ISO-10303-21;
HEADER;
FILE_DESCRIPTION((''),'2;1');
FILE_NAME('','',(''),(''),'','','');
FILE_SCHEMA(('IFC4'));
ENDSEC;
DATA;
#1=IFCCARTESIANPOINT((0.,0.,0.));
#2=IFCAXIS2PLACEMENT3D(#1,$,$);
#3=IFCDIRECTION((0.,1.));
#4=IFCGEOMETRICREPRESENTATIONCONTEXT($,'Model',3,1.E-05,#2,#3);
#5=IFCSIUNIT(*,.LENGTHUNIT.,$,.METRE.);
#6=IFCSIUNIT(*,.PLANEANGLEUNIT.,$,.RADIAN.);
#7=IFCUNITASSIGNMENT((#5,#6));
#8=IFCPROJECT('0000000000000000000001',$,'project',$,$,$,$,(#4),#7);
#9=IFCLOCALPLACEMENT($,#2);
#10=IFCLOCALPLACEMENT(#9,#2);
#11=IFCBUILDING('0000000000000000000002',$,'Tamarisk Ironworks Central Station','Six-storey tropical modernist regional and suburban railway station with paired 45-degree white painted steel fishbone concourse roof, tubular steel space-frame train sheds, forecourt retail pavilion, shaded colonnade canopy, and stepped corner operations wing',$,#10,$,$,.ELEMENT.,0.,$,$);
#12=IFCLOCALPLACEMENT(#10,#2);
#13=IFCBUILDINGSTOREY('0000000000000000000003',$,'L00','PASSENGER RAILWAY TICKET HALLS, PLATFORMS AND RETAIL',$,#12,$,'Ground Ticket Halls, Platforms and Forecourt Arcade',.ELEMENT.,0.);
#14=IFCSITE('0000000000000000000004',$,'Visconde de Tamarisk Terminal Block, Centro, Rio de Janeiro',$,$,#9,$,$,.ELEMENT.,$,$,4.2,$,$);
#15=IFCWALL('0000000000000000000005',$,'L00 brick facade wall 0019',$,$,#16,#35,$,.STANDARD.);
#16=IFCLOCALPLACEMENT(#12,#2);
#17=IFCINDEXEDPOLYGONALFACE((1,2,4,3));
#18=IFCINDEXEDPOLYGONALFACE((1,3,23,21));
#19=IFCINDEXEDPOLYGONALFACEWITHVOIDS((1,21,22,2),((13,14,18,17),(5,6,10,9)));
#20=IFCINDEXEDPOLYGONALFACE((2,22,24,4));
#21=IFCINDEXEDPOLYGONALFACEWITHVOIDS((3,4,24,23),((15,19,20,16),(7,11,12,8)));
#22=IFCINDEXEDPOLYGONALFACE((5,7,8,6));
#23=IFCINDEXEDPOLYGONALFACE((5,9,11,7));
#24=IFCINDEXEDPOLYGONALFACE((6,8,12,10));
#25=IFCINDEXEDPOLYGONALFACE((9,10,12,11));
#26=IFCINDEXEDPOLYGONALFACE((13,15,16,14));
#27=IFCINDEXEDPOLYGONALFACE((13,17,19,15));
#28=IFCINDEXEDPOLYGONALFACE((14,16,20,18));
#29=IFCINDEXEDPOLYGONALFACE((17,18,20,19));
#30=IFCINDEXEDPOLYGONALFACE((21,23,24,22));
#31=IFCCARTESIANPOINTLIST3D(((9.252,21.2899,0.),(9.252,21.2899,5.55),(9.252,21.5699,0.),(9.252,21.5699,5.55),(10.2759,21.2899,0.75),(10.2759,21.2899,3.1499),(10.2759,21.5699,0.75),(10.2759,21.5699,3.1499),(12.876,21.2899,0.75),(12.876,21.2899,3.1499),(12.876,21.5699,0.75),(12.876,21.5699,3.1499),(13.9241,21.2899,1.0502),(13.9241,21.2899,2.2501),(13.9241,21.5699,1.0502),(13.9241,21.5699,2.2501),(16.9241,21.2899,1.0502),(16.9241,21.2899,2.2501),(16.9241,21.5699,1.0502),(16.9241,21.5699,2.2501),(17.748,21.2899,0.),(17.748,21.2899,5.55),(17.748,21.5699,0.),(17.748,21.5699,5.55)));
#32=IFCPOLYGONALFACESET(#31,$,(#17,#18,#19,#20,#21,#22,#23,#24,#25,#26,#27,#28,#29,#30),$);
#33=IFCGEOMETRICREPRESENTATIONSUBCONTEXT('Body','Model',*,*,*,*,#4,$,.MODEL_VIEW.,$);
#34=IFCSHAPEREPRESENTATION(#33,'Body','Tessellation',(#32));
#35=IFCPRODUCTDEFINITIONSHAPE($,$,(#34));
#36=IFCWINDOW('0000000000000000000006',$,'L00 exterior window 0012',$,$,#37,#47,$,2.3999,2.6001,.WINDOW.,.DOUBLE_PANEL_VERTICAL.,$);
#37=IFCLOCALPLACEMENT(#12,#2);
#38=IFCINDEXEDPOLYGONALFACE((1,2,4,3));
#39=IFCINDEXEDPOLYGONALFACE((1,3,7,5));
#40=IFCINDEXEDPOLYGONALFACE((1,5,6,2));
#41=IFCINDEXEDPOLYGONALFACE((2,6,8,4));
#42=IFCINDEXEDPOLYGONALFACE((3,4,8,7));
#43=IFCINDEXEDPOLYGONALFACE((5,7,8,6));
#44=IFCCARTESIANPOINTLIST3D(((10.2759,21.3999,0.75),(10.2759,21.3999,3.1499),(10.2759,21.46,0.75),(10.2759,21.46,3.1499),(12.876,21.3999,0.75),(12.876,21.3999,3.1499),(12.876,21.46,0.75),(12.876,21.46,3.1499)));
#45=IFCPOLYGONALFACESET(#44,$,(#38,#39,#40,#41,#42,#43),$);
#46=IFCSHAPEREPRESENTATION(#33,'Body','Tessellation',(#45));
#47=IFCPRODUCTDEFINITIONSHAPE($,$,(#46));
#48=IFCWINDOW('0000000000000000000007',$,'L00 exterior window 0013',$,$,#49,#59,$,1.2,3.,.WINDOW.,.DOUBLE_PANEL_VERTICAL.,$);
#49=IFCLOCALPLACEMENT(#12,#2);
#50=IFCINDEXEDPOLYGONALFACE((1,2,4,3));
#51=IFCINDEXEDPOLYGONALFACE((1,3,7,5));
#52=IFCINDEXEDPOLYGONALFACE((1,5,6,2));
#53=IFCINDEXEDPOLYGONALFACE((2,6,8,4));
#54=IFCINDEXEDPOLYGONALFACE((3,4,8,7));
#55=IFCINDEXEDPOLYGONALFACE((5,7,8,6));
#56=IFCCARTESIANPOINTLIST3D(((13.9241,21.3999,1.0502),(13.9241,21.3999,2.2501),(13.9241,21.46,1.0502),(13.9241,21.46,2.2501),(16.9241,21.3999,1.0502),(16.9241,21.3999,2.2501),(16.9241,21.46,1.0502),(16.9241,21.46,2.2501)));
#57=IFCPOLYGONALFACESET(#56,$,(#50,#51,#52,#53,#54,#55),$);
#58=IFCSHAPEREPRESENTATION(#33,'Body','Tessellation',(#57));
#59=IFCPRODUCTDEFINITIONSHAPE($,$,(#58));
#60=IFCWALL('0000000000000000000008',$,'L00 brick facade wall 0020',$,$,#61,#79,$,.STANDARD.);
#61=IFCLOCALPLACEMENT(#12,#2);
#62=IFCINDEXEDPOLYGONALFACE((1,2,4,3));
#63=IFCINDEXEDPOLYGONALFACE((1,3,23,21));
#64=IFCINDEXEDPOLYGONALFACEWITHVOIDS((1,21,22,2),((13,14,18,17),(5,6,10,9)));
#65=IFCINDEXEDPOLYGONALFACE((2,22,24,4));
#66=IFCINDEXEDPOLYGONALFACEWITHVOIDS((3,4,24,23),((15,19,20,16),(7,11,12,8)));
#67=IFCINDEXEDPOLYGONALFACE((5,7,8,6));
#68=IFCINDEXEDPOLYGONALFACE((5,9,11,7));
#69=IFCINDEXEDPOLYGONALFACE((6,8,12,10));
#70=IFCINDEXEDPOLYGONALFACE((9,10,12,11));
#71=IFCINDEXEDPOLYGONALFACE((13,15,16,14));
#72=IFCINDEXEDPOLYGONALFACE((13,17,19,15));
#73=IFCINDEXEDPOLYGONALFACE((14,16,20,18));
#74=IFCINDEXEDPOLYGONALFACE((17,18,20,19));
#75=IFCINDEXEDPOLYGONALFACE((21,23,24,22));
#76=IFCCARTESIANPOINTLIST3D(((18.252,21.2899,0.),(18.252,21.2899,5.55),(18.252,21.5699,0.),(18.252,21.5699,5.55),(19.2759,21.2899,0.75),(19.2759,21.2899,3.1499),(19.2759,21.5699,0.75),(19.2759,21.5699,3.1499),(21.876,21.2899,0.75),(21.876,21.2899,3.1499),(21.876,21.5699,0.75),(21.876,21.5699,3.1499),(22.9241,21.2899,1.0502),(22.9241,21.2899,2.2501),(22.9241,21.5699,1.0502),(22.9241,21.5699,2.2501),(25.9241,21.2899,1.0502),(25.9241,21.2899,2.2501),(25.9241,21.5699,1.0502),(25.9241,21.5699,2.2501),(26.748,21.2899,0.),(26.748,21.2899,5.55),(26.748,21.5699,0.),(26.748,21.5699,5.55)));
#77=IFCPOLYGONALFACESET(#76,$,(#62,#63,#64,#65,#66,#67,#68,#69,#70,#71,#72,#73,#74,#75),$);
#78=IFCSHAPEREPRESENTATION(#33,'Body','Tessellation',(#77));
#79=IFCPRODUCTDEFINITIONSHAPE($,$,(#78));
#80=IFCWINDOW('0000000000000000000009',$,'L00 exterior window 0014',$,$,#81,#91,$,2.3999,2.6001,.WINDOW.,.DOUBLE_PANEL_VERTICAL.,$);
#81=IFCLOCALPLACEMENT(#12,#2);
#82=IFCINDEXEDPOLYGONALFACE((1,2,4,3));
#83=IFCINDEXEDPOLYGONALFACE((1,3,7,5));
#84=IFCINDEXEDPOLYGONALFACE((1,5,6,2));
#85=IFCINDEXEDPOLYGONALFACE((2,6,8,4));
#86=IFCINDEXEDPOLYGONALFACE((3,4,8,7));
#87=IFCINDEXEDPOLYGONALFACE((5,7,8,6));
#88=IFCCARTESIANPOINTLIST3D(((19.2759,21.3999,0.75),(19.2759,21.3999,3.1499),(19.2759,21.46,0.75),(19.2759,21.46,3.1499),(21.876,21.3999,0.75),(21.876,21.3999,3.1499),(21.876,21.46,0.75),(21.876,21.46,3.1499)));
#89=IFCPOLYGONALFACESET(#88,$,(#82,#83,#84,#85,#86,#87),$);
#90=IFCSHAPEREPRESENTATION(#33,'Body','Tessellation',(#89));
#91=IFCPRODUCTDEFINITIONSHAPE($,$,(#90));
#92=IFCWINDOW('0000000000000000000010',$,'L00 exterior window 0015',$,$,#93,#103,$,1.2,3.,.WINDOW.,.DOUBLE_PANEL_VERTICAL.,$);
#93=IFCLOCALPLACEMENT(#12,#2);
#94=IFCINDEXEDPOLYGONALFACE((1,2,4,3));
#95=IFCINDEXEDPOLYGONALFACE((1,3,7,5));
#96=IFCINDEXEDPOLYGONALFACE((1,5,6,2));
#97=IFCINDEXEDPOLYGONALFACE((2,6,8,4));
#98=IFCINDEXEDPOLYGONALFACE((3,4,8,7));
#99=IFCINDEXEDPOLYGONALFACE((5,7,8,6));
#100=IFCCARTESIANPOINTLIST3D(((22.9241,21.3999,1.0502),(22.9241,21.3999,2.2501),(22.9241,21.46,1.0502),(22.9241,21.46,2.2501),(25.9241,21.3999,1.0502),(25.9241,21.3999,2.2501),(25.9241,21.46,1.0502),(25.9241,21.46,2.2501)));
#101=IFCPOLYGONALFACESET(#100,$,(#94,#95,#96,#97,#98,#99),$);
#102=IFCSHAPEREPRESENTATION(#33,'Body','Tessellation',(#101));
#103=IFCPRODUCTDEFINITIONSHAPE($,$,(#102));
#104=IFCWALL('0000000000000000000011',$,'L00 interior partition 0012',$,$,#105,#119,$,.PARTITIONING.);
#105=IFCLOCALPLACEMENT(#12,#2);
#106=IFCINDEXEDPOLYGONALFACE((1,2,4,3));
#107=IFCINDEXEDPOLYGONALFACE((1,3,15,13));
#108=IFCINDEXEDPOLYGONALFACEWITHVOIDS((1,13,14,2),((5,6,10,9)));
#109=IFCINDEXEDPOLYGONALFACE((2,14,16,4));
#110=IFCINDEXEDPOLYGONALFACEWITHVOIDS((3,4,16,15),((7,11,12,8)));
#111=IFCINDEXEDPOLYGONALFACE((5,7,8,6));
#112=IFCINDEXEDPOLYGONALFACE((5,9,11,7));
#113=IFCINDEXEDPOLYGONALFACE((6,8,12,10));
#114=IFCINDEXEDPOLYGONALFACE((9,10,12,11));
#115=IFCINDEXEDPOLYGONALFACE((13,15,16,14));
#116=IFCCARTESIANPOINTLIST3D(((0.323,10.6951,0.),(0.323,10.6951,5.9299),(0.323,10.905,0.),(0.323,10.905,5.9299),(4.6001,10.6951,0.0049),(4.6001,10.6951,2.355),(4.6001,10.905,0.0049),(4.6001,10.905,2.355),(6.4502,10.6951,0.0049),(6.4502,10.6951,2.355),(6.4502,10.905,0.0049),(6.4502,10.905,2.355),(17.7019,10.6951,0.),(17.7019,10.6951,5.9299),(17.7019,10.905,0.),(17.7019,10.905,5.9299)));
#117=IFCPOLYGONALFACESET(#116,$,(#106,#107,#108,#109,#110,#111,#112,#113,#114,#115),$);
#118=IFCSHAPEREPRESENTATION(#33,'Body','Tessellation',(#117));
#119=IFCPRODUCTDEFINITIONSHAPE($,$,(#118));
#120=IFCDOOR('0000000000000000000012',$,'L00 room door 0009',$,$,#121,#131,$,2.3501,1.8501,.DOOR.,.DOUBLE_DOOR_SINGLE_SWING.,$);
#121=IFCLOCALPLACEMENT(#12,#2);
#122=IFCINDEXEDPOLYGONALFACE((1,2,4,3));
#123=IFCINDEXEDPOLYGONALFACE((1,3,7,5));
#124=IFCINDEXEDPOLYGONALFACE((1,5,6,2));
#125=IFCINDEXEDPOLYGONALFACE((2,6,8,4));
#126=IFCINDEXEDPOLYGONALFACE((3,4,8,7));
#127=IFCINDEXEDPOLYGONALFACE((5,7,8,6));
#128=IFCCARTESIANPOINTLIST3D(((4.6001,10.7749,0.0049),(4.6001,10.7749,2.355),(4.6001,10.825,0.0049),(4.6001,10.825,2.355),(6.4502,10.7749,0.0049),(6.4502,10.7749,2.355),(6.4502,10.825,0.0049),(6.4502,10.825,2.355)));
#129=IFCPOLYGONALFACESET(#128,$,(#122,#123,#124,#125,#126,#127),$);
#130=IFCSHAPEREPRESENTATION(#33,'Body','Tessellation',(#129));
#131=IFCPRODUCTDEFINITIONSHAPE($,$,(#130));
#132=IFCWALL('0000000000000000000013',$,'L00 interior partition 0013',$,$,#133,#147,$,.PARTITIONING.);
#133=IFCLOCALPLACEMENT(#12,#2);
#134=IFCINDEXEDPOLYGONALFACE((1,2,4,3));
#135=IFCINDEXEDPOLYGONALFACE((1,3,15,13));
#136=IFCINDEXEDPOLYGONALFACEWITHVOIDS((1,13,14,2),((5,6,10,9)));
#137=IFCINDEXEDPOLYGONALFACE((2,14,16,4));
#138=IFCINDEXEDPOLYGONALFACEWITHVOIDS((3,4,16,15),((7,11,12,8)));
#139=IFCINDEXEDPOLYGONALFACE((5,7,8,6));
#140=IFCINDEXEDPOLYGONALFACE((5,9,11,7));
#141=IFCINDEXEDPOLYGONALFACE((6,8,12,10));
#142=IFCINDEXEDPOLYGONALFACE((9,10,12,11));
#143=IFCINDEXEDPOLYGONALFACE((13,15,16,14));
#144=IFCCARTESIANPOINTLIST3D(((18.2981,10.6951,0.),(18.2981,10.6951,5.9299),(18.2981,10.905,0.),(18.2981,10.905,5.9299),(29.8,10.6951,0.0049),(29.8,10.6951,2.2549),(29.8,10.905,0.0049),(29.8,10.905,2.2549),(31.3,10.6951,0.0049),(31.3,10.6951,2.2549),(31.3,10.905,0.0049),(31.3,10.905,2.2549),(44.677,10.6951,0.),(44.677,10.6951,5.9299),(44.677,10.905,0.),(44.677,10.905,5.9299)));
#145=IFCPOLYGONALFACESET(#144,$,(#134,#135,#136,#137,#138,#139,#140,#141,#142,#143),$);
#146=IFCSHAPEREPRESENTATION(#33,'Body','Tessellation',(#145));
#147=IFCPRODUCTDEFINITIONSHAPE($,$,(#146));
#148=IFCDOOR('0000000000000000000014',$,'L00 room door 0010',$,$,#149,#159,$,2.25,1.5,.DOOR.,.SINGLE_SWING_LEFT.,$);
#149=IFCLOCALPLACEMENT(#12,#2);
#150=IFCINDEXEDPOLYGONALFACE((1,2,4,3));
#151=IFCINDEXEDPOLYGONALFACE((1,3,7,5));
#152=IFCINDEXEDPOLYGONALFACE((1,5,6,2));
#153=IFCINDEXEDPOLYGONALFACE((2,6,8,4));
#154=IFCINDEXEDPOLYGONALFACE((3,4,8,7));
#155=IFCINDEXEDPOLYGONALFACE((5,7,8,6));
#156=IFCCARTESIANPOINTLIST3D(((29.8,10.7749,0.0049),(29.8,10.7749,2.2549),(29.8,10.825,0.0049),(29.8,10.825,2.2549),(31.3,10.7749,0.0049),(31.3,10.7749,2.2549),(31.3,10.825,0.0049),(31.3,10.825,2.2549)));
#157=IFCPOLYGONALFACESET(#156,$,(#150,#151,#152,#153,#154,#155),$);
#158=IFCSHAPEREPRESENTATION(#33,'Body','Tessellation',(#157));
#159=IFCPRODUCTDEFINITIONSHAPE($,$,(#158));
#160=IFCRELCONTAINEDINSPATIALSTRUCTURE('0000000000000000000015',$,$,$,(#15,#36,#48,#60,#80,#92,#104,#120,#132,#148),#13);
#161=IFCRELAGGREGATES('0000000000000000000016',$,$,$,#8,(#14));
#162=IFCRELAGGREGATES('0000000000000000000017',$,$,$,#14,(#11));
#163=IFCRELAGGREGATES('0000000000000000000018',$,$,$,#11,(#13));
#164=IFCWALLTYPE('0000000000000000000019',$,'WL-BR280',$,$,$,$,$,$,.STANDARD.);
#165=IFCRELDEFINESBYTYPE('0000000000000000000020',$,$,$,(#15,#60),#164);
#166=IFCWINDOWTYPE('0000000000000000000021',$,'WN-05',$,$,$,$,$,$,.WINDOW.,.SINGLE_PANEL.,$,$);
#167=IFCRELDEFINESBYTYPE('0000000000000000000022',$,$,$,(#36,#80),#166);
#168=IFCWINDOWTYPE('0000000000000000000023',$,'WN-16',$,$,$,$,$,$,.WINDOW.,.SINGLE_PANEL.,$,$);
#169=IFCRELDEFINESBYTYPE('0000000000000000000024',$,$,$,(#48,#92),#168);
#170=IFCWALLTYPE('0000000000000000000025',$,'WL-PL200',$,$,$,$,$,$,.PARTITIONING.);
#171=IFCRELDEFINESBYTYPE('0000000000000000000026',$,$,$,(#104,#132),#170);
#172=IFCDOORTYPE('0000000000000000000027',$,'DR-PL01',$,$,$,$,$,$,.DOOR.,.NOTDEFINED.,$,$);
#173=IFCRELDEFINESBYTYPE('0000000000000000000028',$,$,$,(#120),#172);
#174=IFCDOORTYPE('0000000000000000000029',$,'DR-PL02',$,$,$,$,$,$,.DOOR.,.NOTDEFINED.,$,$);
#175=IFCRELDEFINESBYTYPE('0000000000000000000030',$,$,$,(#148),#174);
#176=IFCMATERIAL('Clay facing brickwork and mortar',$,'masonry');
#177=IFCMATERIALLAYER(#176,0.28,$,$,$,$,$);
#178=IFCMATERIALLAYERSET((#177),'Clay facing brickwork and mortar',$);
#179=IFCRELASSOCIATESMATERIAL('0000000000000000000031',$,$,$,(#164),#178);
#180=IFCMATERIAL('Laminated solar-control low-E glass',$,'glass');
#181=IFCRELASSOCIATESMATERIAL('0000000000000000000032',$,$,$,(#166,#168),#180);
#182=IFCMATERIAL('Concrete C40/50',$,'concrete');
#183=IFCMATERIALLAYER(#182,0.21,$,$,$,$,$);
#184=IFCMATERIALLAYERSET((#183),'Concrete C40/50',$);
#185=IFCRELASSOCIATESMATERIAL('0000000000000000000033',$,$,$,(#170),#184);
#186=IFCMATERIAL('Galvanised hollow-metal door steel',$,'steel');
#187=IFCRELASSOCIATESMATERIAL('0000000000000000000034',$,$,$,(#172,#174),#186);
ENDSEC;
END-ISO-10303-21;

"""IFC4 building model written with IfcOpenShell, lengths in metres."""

from ifc_helpers import new_model, si_unit, direction, frame, frame_2d, origin, place, context, subcontext, project, spatial, rectangle, extrude, material, layer, layer_set, type_object, element, fill, save


model = new_model("IFC4")

# Units and contexts
model_context = context("Model", 3, precision=1e-05, world=origin(), true_north=direction((0.0, 1.0)))
body_context = subcontext(model_context, "Body", "Model", "MODEL_VIEW")
ifc_project = project(units=[si_unit("LENGTHUNIT", "METRE"), si_unit("PLANEANGLEUNIT", "RADIAN")], contexts=[model_context])

# Site, building, storey
site_placement = place(None, origin())
site = spatial("IfcSite", under=ifc_project, at=site_placement, Name="Visconde de Tamarisk Terminal Block, Centro, Rio de Janeiro", CompositionType="ELEMENT", RefElevation=4.2)
building_placement = place(site_placement, origin())
building = spatial("IfcBuilding", under=site, at=building_placement, Name="Tamarisk Ironworks Central Station", Description="Six-storey tropical modernist regional and suburban railway station with paired 45-degree white painted steel fishbone concourse roof, tubular steel space-frame train sheds, forecourt retail pavilion, shaded colonnade canopy, and stepped corner operations wing", CompositionType="ELEMENT", ElevationOfRefHeight=0.0)
storey_placement = place(building_placement, origin())
storey = spatial("IfcBuildingStorey", under=building, at=storey_placement, Name="L00", Description="PASSENGER RAILWAY TICKET HALLS, PLATFORMS AND RETAIL", LongName="Ground Ticket Halls, Platforms and Forecourt Arcade", CompositionType="ELEMENT", Elevation=0.0)

# Shared definitions
ifc_material_1 = material(Name="Concrete C40/50", Category="concrete")

# Walls, openings, windows
ifc_material_2 = material(Name="Clay facing brickwork and mortar", Category="masonry")
ifc_layer_1 = layer(ifc_material_2, 0.28)
ifc_layer_set_1 = layer_set([ifc_layer_1], Name="Clay facing brickwork and mortar")
wall_type_1 = type_object("IfcWallType", Name="WL-BR280", PredefinedType="STANDARD", material=ifc_layer_set_1)
wall_1_placement = place(storey_placement, frame((9.252, 21.4299, 0.0), z_axis=(0.0, 0.0, 1.0), x_axis=(1.0, 0.0, 0.0)))
wall_1 = element("IfcWall", 1, at=wall_1_placement, inside=storey, type_object=wall_type_1, Name="L00 brick facade wall 0019", PredefinedType="STANDARD", context=body_context, shape_type="SweptSolid", body=[
    extrude(rectangle(XDim=8.4961, YDim=0.28, at=frame_2d((4.248, 0.0))), origin(), (0.0, 0.0, 1.0), 5.55),
])
opening_1_placement = place(wall_1_placement, frame((1.0239, 0.0, 0.75)))
opening_1 = element("IfcOpeningElement", 2, at=opening_1_placement, cuts=wall_1, PredefinedType="OPENING", context=body_context, shape_type="SweptSolid", body=[
    extrude(rectangle(XDim=2.6001, YDim=2.3999, at=frame_2d((1.3, 1.2))), frame((0.0, 0.1519, 0.0), z_axis=(0.0, -1.0, 0.0), x_axis=(1.0, 0.0, 0.0)), (0.0, 0.0, 1.0), 0.304),
])
opening_2_placement = place(wall_1_placement, frame((4.6721, 0.0, 1.05)))
opening_2 = element("IfcOpeningElement", 3, at=opening_2_placement, cuts=wall_1, PredefinedType="OPENING", context=body_context, shape_type="SweptSolid", body=[
    extrude(rectangle(XDim=3.0, YDim=1.2, at=frame_2d((1.5, 0.6001))), frame((0.0, 0.1519, 0.0), z_axis=(0.0, -1.0, 0.0), x_axis=(1.0, 0.0, 0.0)), (0.0, 0.0, 1.0), 0.304),
])
ifc_material_3 = material(Name="Laminated solar-control low-E glass", Category="glass")
window_type_1 = type_object("IfcWindowType", Name="WN-05", PartitioningType="SINGLE_PANEL", PredefinedType="WINDOW", material=ifc_material_3)
window_1_placement = place(opening_1_placement, origin())
window_1 = element("IfcWindow", 4, at=window_1_placement, inside=storey, type_object=window_type_1, Name="L00 exterior window 0012", OverallHeight=2.3999, OverallWidth=2.6001, PartitioningType="DOUBLE_PANEL_VERTICAL", PredefinedType="WINDOW", context=body_context, shape_type="SweptSolid", body=[
    extrude(rectangle(XDim=2.6001, YDim=2.3999, at=frame_2d((1.3, 1.2))), frame((0.0, 0.03, 0.0), z_axis=(0.0, -1.0, 0.0), x_axis=(1.0, 0.0, 0.0)), (0.0, 0.0, 1.0), 0.0601),
])
fill(opening_1, window_1)
window_type_2 = type_object("IfcWindowType", Name="WN-16", PartitioningType="SINGLE_PANEL", PredefinedType="WINDOW", material=ifc_material_3)
window_2_placement = place(opening_2_placement, origin())
window_2 = element("IfcWindow", 5, at=window_2_placement, inside=storey, type_object=window_type_2, Name="L00 exterior window 0013", OverallHeight=1.2, OverallWidth=3.0, PartitioningType="DOUBLE_PANEL_VERTICAL", PredefinedType="WINDOW", context=body_context, shape_type="SweptSolid", body=[
    extrude(rectangle(XDim=3.0, YDim=1.2, at=frame_2d((1.5, 0.6001))), frame((0.0, 0.03, 0.0), z_axis=(0.0, -1.0, 0.0), x_axis=(1.0, 0.0, 0.0)), (0.0, 0.0, 1.0), 0.0601),
])
fill(opening_2, window_2)
wall_2_placement = place(storey_placement, frame((18.252, 21.4299, 0.0), z_axis=(0.0, 0.0, 1.0), x_axis=(1.0, 0.0, 0.0)))
wall_2 = element("IfcWall", 6, at=wall_2_placement, inside=storey, type_object=wall_type_1, Name="L00 brick facade wall 0020", PredefinedType="STANDARD", context=body_context, shape_type="SweptSolid", body=[
    extrude(rectangle(XDim=8.4961, YDim=0.28, at=frame_2d((4.248, 0.0))), origin(), (0.0, 0.0, 1.0), 5.55),
])
opening_3_placement = place(wall_2_placement, frame((1.0239, 0.0, 0.75)))
opening_3 = element("IfcOpeningElement", 7, at=opening_3_placement, cuts=wall_2, PredefinedType="OPENING", context=body_context, shape_type="SweptSolid", body=[
    extrude(rectangle(XDim=2.6001, YDim=2.3999, at=frame_2d((1.3, 1.2))), frame((0.0, 0.1519, 0.0), z_axis=(0.0, -1.0, 0.0), x_axis=(1.0, 0.0, 0.0)), (0.0, 0.0, 1.0), 0.304),
])
opening_4_placement = place(wall_2_placement, frame((4.6721, 0.0, 1.05)))
opening_4 = element("IfcOpeningElement", 8, at=opening_4_placement, cuts=wall_2, PredefinedType="OPENING", context=body_context, shape_type="SweptSolid", body=[
    extrude(rectangle(XDim=3.0, YDim=1.2, at=frame_2d((1.5, 0.6001))), frame((0.0, 0.1519, 0.0), z_axis=(0.0, -1.0, 0.0), x_axis=(1.0, 0.0, 0.0)), (0.0, 0.0, 1.0), 0.304),
])
window_3_placement = place(opening_3_placement, origin())
window_3 = element("IfcWindow", 9, at=window_3_placement, inside=storey, type_object=window_type_1, Name="L00 exterior window 0014", OverallHeight=2.3999, OverallWidth=2.6001, PartitioningType="DOUBLE_PANEL_VERTICAL", PredefinedType="WINDOW", context=body_context, shape_type="SweptSolid", body=[
    extrude(rectangle(XDim=2.6001, YDim=2.3999, at=frame_2d((1.3, 1.2))), frame((0.0, 0.03, 0.0), z_axis=(0.0, -1.0, 0.0), x_axis=(1.0, 0.0, 0.0)), (0.0, 0.0, 1.0), 0.0601),
])
fill(opening_3, window_3)
window_4_placement = place(opening_4_placement, origin())
window_4 = element("IfcWindow", 10, at=window_4_placement, inside=storey, type_object=window_type_2, Name="L00 exterior window 0015", OverallHeight=1.2, OverallWidth=3.0, PartitioningType="DOUBLE_PANEL_VERTICAL", PredefinedType="WINDOW", context=body_context, shape_type="SweptSolid", body=[
    extrude(rectangle(XDim=3.0, YDim=1.2, at=frame_2d((1.5, 0.6001))), frame((0.0, 0.03, 0.0), z_axis=(0.0, -1.0, 0.0), x_axis=(1.0, 0.0, 0.0)), (0.0, 0.0, 1.0), 0.0601),
])
fill(opening_4, window_4)

# Walls, openings, doors
ifc_layer_2 = layer(ifc_material_1, 0.21)
ifc_layer_set_2 = layer_set([ifc_layer_2], Name="Concrete C40/50")
wall_type_2 = type_object("IfcWallType", Name="WL-PL200", PredefinedType="PARTITIONING", material=ifc_layer_set_2)
wall_3_placement = place(storey_placement, frame((0.323, 10.8, 0.0), z_axis=(0.0, 0.0, 1.0), x_axis=(1.0, 0.0, 0.0)))
wall_3 = element("IfcWall", 11, at=wall_3_placement, inside=storey, type_object=wall_type_2, Name="L00 interior partition 0012", PredefinedType="PARTITIONING", context=body_context, shape_type="SweptSolid", body=[
    extrude(rectangle(XDim=17.3789, YDim=0.21, at=frame_2d((8.6895, 0.0))), origin(), (0.0, 0.0, 1.0), 5.9299),
])
opening_5_placement = place(wall_3_placement, frame((4.2771, 0.0, 0.0049)))
opening_5 = element("IfcOpeningElement", 12, at=opening_5_placement, cuts=wall_3, PredefinedType="OPENING", context=body_context, shape_type="SweptSolid", body=[
    extrude(rectangle(XDim=1.8501, YDim=2.3501, at=frame_2d((0.925, 1.175))), frame((0.0, 0.1169, 0.0), z_axis=(0.0, -1.0, 0.0), x_axis=(1.0, 0.0, 0.0)), (0.0, 0.0, 1.0), 0.2339),
])
ifc_material_4 = material(Name="Galvanised hollow-metal door steel", Category="steel")
door_type_1 = type_object("IfcDoorType", Name="DR-PL01", OperationType="NOTDEFINED", PredefinedType="DOOR", material=ifc_material_4)
door_1_placement = place(opening_5_placement, origin())
door_1 = element("IfcDoor", 13, at=door_1_placement, inside=storey, type_object=door_type_1, Name="L00 room door 0009", OperationType="DOUBLE_DOOR_SINGLE_SWING", OverallHeight=2.3501, OverallWidth=1.8501, PredefinedType="DOOR", context=body_context, shape_type="SweptSolid", body=[
    extrude(rectangle(XDim=1.8501, YDim=2.3501, at=frame_2d((0.925, 1.175))), frame((0.0, 0.0249, 0.0), z_axis=(0.0, -1.0, 0.0), x_axis=(1.0, 0.0, 0.0)), (0.0, 0.0, 1.0), 0.05),
])
fill(opening_5, door_1)
wall_4_placement = place(storey_placement, frame((18.2981, 10.8, 0.0), z_axis=(0.0, 0.0, 1.0), x_axis=(1.0, 0.0, 0.0)))
wall_4 = element("IfcWall", 14, at=wall_4_placement, inside=storey, type_object=wall_type_2, Name="L00 interior partition 0013", PredefinedType="PARTITIONING", context=body_context, shape_type="SweptSolid", body=[
    extrude(rectangle(XDim=26.3789, YDim=0.21, at=frame_2d((13.1895, 0.0))), origin(), (0.0, 0.0, 1.0), 5.9299),
])
opening_6_placement = place(wall_4_placement, frame((11.502, 0.0, 0.0049)))
opening_6 = element("IfcOpeningElement", 15, at=opening_6_placement, cuts=wall_4, PredefinedType="OPENING", context=body_context, shape_type="SweptSolid", body=[
    extrude(rectangle(XDim=1.5, YDim=2.25, at=frame_2d((0.75, 1.125))), frame((0.0, 0.1169, 0.0), z_axis=(0.0, -1.0, 0.0), x_axis=(1.0, 0.0, 0.0)), (0.0, 0.0, 1.0), 0.2339),
])
door_type_2 = type_object("IfcDoorType", Name="DR-PL02", OperationType="NOTDEFINED", PredefinedType="DOOR", material=ifc_material_4)
door_2_placement = place(opening_6_placement, origin())
door_2 = element("IfcDoor", 16, at=door_2_placement, inside=storey, type_object=door_type_2, Name="L00 room door 0010", OperationType="SINGLE_SWING_LEFT", OverallHeight=2.25, OverallWidth=1.5, PredefinedType="DOOR", context=body_context, shape_type="SweptSolid", body=[
    extrude(rectangle(XDim=1.5, YDim=2.25, at=frame_2d((0.75, 1.125))), frame((0.0, 0.0249, 0.0), z_axis=(0.0, -1.0, 0.0), x_axis=(1.0, 0.0, 0.0)), (0.0, 0.0, 1.0), 0.05),
])
fill(opening_6, door_2)

save(model, "model.ifc")
